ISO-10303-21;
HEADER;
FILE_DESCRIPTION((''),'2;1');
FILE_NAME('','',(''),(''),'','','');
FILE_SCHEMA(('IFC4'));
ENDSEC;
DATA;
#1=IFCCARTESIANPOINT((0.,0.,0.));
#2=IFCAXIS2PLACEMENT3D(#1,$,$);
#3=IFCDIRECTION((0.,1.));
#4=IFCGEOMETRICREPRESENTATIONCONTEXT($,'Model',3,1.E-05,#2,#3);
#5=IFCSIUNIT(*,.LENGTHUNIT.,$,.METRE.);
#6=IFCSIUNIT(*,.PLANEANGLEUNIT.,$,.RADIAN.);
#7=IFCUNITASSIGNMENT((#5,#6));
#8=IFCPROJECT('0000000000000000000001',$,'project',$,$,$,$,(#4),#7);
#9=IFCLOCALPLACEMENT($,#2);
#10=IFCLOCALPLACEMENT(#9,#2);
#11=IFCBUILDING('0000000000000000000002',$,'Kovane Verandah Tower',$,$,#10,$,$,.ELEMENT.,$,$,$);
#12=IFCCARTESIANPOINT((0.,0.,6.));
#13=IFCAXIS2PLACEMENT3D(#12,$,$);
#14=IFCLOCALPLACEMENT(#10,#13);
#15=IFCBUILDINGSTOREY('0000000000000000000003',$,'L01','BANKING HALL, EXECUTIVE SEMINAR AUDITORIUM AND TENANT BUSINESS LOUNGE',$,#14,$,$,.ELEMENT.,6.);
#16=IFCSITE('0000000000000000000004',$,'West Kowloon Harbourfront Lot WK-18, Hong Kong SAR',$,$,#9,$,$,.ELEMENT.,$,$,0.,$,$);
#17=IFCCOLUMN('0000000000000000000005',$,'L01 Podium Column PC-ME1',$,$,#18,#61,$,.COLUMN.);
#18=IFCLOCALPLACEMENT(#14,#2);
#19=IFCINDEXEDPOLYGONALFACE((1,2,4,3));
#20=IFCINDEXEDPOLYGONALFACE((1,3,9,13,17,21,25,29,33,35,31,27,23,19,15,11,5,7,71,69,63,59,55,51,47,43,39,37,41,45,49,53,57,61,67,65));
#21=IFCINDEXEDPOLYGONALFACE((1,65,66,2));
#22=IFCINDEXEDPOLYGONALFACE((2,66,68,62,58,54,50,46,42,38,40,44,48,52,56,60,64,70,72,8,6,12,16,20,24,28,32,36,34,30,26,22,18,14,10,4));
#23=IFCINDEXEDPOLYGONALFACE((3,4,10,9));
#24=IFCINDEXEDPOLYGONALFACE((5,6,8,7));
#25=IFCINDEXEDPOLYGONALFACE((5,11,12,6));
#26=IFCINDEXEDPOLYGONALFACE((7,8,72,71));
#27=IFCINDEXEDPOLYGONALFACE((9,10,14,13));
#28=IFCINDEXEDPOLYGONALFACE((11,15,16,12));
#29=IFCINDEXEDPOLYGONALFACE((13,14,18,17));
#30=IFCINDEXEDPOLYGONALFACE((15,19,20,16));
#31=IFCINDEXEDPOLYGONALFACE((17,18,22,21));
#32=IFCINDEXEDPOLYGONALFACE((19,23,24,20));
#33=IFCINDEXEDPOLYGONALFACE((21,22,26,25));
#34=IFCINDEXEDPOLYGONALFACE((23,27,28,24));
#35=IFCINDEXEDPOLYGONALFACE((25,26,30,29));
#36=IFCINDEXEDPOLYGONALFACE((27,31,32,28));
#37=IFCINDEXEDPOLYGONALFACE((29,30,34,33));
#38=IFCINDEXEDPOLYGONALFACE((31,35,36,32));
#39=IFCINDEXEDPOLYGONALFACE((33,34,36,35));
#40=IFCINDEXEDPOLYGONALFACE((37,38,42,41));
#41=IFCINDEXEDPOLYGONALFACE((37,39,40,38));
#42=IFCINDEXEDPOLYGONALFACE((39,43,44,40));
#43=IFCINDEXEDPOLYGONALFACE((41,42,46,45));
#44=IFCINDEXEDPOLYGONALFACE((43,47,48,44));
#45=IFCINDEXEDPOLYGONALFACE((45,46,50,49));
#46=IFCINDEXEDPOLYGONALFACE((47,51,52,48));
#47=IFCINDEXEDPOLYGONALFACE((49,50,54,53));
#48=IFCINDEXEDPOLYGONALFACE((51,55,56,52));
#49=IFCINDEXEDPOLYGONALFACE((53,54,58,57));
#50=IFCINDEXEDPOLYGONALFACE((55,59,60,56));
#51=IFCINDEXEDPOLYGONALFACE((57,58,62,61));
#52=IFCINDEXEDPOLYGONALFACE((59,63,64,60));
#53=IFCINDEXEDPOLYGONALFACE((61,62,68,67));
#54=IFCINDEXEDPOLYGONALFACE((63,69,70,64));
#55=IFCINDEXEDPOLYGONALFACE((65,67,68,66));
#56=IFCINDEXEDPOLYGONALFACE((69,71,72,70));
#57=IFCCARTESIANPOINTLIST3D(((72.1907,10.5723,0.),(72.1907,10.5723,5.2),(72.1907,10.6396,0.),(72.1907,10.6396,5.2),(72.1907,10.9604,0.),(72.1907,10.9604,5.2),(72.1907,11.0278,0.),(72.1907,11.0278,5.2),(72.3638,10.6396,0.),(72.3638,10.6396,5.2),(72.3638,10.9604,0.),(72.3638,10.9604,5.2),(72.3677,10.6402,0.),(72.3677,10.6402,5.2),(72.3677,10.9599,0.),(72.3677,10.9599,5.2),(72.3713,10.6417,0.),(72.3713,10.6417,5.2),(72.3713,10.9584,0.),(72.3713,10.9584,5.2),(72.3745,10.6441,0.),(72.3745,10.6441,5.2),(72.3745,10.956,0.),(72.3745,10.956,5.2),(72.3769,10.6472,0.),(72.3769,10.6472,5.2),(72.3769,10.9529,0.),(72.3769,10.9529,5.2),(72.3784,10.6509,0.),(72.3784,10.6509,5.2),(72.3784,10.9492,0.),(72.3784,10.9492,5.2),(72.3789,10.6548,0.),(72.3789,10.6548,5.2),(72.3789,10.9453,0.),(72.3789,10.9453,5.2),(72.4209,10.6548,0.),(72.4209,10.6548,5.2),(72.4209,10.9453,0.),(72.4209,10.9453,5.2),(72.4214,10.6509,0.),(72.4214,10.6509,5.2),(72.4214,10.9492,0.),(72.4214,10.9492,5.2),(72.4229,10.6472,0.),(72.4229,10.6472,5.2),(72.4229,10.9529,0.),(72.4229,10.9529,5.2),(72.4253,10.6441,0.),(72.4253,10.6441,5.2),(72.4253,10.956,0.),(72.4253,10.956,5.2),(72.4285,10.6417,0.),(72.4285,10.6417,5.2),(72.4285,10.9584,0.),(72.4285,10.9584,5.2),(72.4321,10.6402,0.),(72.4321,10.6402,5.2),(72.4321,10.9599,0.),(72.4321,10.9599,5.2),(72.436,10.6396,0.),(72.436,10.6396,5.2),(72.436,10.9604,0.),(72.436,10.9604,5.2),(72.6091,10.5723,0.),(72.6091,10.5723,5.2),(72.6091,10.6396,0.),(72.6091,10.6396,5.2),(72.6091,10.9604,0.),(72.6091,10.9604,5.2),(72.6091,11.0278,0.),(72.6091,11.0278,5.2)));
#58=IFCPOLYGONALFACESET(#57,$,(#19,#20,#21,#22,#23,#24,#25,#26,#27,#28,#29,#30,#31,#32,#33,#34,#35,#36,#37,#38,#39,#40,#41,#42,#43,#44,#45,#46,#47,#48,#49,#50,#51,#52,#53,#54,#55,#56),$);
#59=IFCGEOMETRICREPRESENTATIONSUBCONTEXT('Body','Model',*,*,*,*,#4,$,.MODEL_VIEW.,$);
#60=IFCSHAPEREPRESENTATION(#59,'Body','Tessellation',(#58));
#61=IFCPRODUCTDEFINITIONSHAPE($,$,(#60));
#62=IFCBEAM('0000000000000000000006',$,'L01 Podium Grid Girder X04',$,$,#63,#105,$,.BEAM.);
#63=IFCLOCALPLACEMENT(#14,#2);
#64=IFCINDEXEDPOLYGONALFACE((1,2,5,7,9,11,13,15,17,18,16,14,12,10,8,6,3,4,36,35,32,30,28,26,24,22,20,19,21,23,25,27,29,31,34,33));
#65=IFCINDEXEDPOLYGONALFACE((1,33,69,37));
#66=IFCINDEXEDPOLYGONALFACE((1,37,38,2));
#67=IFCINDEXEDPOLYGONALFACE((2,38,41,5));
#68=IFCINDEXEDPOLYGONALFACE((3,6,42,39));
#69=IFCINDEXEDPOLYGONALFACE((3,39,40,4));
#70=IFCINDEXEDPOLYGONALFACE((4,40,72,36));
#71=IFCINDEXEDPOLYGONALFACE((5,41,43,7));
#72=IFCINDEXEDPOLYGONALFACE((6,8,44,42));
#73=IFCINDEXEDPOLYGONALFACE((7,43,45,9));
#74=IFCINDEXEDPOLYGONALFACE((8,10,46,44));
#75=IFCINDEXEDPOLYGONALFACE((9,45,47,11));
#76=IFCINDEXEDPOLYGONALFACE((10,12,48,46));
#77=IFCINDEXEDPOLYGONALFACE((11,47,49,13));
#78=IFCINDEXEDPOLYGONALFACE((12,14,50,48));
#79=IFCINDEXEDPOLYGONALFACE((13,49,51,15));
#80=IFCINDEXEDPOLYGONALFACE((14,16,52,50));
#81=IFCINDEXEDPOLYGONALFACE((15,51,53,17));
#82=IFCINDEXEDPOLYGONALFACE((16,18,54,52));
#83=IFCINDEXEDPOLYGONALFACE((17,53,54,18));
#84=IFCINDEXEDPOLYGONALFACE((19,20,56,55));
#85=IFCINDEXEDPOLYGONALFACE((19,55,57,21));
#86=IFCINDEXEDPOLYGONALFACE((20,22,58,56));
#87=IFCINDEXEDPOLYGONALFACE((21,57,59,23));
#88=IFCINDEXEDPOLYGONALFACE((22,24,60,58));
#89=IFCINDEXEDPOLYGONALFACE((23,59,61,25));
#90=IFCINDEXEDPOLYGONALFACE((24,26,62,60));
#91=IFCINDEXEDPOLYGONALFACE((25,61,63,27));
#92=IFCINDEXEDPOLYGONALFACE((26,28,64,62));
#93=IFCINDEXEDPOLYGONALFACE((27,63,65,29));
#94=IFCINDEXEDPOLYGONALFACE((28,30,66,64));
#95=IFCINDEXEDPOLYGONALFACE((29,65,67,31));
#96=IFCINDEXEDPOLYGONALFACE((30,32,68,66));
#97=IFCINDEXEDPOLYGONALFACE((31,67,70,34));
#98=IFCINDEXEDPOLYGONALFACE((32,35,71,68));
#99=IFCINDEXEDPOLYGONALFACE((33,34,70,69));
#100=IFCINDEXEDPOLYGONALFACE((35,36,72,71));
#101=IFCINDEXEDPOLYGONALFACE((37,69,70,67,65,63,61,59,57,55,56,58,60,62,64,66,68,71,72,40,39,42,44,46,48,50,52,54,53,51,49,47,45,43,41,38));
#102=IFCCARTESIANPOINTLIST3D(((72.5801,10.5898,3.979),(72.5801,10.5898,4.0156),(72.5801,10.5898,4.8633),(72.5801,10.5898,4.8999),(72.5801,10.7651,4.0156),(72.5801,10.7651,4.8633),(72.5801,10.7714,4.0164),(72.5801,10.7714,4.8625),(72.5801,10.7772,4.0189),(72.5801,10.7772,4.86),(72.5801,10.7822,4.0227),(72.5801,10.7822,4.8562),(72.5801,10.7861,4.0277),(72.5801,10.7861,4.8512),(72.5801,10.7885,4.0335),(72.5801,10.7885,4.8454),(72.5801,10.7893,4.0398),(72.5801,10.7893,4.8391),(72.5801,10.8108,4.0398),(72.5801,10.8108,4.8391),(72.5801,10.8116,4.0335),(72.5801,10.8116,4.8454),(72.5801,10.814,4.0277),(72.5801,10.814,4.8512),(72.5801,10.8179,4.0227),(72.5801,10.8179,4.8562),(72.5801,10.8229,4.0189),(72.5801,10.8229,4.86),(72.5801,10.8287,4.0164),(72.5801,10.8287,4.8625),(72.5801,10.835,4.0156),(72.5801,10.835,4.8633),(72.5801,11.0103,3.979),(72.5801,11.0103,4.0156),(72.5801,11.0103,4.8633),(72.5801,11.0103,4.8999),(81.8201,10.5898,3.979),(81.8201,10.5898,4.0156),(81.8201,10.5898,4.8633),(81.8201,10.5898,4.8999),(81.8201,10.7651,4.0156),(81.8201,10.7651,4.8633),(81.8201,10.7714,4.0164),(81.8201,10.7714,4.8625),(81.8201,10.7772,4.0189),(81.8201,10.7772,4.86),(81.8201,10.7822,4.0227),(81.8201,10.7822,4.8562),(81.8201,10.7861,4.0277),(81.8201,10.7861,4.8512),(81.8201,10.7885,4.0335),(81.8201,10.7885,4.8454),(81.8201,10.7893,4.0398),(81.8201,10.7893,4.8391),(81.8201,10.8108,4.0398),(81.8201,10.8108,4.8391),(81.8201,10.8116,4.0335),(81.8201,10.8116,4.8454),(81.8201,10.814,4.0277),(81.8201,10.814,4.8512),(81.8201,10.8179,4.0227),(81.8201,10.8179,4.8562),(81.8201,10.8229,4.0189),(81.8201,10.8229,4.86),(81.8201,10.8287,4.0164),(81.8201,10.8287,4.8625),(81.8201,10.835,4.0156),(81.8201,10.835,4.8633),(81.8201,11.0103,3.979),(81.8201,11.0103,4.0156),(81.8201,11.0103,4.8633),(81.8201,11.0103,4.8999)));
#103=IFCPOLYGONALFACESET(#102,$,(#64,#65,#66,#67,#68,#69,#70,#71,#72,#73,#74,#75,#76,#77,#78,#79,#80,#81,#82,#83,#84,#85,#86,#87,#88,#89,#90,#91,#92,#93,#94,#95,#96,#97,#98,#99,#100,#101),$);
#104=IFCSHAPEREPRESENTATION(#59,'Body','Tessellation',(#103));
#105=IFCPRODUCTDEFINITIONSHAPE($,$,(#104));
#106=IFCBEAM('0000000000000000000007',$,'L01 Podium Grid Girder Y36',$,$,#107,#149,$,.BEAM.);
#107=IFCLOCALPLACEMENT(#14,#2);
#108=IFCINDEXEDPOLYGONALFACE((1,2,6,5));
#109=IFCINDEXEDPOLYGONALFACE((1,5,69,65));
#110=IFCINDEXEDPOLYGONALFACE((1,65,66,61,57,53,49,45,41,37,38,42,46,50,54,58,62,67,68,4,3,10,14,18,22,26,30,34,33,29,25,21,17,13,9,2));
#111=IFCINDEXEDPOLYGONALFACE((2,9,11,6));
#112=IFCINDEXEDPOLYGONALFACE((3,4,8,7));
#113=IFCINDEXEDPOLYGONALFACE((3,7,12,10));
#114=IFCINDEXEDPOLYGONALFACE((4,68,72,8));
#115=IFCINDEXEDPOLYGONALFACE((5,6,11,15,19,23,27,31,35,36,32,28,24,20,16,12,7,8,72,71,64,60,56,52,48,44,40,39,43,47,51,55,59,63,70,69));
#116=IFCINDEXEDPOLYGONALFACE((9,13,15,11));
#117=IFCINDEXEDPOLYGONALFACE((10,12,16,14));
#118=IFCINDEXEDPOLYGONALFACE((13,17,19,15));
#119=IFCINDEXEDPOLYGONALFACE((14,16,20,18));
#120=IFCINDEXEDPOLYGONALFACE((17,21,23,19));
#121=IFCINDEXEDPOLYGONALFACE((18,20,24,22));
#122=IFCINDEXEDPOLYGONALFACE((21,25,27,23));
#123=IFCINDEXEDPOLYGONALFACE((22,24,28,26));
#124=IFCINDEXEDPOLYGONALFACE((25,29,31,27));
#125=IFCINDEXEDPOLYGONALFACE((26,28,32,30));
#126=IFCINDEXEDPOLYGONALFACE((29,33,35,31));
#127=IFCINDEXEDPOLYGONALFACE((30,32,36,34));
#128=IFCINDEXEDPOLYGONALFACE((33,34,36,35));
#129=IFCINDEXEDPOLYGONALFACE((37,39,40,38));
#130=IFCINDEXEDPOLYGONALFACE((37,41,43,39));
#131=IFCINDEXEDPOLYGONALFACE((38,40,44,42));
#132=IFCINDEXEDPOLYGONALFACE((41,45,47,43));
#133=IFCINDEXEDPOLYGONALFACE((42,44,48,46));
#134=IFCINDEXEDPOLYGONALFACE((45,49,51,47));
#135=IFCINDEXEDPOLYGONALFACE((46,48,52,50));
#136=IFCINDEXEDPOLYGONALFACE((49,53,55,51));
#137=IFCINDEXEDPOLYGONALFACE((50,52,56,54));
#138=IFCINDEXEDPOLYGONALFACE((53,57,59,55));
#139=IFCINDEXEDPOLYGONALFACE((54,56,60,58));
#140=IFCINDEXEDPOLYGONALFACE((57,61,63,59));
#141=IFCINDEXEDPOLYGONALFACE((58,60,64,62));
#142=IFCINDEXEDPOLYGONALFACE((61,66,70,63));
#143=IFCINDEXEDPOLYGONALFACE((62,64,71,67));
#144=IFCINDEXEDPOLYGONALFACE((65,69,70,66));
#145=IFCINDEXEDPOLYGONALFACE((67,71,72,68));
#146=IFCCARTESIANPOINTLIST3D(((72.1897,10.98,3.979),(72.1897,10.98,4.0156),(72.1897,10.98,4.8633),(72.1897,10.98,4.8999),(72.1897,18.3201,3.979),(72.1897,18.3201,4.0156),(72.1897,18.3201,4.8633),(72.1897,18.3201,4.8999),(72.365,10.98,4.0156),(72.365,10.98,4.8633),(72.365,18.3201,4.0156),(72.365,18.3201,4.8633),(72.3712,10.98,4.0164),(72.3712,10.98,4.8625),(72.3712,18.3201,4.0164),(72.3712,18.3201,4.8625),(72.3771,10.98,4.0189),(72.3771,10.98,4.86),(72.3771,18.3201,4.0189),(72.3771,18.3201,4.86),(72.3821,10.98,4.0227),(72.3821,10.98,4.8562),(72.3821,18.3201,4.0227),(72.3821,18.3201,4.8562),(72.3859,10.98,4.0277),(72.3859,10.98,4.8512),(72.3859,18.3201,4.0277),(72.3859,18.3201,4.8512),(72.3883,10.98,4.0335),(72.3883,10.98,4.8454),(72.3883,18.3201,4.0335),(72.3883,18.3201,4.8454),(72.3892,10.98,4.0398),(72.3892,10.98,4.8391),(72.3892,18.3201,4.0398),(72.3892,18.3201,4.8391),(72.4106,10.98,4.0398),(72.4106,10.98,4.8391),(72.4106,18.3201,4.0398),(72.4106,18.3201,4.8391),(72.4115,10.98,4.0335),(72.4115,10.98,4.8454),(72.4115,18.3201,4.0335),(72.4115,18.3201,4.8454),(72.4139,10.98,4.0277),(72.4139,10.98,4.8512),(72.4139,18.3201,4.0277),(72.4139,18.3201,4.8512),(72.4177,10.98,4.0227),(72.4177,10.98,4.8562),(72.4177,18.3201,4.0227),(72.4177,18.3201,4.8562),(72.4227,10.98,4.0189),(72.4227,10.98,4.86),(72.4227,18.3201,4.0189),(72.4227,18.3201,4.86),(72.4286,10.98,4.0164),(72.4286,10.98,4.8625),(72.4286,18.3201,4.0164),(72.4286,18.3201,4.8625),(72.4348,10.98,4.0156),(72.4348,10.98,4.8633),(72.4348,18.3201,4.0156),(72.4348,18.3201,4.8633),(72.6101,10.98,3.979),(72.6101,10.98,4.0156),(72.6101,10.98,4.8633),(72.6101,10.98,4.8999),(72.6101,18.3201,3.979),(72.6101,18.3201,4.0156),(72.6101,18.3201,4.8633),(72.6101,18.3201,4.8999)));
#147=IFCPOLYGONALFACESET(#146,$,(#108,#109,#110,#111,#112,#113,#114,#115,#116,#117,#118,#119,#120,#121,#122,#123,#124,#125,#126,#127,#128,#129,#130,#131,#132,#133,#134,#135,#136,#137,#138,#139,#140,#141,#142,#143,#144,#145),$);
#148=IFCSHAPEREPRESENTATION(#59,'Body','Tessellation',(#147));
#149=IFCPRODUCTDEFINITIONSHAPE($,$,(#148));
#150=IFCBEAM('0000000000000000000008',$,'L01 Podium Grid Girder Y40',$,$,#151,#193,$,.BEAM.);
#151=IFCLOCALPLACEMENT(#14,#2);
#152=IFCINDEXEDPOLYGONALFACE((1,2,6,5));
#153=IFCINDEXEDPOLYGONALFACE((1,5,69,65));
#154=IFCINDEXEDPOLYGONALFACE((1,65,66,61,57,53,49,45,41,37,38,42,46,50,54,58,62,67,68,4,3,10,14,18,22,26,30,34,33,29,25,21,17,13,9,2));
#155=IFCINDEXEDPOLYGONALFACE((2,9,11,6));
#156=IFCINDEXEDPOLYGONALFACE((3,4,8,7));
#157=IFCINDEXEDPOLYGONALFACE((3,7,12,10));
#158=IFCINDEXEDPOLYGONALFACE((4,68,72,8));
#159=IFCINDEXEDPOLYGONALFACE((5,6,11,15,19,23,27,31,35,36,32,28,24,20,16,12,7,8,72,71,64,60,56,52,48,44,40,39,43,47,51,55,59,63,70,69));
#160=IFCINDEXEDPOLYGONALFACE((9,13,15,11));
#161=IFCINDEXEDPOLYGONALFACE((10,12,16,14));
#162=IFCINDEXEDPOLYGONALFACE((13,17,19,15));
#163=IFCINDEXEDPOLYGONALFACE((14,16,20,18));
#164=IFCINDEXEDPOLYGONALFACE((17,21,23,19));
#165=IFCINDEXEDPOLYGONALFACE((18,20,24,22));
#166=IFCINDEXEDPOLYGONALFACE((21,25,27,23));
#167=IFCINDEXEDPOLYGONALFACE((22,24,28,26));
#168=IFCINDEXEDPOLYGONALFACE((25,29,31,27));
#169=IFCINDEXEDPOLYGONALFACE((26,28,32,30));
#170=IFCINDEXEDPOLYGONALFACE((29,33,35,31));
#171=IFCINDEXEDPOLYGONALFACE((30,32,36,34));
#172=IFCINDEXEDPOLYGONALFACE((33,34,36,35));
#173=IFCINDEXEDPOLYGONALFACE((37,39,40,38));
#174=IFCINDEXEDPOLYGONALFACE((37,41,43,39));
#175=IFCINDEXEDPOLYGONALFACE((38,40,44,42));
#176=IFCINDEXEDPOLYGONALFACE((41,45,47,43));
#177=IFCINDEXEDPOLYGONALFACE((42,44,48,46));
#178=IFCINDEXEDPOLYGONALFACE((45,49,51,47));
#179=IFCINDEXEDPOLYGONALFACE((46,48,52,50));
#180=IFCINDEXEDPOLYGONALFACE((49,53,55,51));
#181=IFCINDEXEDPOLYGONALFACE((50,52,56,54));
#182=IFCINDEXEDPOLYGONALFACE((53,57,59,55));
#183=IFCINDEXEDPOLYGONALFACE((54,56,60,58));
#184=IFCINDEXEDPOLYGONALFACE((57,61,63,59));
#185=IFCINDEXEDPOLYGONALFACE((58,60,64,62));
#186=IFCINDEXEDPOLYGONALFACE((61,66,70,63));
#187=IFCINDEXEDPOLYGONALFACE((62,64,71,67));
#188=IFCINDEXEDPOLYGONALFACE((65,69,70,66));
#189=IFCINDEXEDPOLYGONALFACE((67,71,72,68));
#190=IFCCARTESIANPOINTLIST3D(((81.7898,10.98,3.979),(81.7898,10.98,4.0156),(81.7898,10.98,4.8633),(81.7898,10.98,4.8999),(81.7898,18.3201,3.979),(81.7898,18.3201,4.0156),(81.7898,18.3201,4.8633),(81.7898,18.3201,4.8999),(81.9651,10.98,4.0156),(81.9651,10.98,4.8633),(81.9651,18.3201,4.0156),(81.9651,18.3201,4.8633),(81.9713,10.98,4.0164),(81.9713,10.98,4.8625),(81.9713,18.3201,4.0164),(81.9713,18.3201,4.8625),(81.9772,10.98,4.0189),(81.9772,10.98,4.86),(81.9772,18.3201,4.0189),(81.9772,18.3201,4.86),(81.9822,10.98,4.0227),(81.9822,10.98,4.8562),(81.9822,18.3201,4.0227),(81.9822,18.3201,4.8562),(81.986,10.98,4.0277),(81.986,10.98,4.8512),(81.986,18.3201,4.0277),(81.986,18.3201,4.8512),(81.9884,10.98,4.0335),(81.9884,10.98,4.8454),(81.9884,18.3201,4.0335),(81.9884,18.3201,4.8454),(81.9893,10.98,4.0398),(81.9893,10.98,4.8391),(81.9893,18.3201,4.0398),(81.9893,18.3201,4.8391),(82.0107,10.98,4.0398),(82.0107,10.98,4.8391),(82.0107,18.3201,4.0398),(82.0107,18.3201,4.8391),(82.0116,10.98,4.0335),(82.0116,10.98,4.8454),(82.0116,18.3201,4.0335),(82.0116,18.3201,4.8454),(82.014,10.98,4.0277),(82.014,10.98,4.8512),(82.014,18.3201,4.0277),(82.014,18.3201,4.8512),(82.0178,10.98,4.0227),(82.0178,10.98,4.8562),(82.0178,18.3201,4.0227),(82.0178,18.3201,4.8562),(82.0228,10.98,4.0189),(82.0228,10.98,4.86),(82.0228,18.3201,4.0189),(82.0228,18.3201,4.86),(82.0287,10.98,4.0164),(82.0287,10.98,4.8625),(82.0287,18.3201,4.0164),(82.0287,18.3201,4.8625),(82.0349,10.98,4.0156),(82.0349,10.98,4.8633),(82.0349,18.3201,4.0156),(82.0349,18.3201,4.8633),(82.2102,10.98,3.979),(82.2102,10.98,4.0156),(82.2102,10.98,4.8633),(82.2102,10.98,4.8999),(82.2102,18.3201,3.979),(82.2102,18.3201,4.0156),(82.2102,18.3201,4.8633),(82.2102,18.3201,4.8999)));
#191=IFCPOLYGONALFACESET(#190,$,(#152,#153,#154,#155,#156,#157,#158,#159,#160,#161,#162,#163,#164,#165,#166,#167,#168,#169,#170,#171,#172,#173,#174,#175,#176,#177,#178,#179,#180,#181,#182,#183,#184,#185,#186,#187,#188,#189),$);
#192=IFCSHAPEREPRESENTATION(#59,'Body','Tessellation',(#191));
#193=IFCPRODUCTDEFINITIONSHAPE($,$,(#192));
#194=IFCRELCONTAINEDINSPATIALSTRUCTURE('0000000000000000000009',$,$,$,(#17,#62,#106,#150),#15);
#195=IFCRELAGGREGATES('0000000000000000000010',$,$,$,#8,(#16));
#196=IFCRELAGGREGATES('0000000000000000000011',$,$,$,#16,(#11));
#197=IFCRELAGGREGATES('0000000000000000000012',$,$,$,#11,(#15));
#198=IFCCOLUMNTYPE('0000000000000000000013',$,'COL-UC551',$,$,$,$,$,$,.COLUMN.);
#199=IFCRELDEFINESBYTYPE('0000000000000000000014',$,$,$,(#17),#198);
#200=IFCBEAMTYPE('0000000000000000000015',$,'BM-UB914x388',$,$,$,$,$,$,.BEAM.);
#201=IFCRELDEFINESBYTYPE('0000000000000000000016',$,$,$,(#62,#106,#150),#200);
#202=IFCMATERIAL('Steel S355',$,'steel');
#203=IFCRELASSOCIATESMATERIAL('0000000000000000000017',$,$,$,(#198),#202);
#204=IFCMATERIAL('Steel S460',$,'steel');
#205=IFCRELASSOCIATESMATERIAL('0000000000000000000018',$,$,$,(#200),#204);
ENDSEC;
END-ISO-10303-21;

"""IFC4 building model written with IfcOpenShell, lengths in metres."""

from ifc_helpers import new_model, si_unit, direction, frame, origin, origin_2d, place, context, subcontext, project, spatial, i_section, extrude, material, material_profile, profile_set, type_object, element, save


model = new_model("IFC4")

# Units and contexts
model_context = context("Model", 3, precision=1e-05, world=origin(), true_north=direction((0.0, 1.0)))
body_context = subcontext(model_context, "Body", "Model", "MODEL_VIEW")
ifc_project = project(units=[si_unit("LENGTHUNIT", "METRE"), si_unit("PLANEANGLEUNIT", "RADIAN")], contexts=[model_context])

# Site, building, storey
site_placement = place(None, origin())
site = spatial("IfcSite", under=ifc_project, at=site_placement, Name="West Kowloon Harbourfront Lot WK-18, Hong Kong SAR", CompositionType="ELEMENT", RefElevation=0.0)
building_placement = place(site_placement, origin())
building = spatial("IfcBuilding", under=site, at=building_placement, Name="Kovane Verandah Tower", CompositionType="ELEMENT")
storey_placement = place(building_placement, frame((0.0, 0.0, 6.0)))
storey = spatial("IfcBuildingStorey", under=building, at=storey_placement, Name="L01", Description="BANKING HALL, EXECUTIVE SEMINAR AUDITORIUM AND TENANT BUSINESS LOUNGE", CompositionType="ELEMENT", Elevation=6.0)

# Column
ifc_material_1 = material(Name="Steel S460", Category="steel")
ifc_material_2 = material(Name="Steel S355", Category="steel")
ifc_material_profile_1 = material_profile(ifc_material_2, i_section(OverallWidth=0.4185, OverallDepth=0.4556, WebThickness=0.042, FlangeThickness=0.0674, FilletRadius=0.0151, at=origin_2d()), Name="UC356x406x551")
ifc_profile_set_1 = profile_set([ifc_material_profile_1], Name="Steel S355")
column_type_1 = type_object("IfcColumnType", Name="COL-UC551", PredefinedType="COLUMN", material=ifc_profile_set_1)
column_1_placement = place(storey_placement, frame((72.3999, 10.8, 0.0), z_axis=(0.0, 0.0, 1.0), x_axis=(1.0, 0.0, 0.0)))
element("IfcColumn", 1, at=column_1_placement, inside=storey, type_object=column_type_1, Name="L01 Podium Column PC-ME1", PredefinedType="COLUMN", context=body_context, shape_type="SweptSolid", body=[
    extrude(i_section(OverallWidth=0.4185, OverallDepth=0.4556, WebThickness=0.042, FlangeThickness=0.0674, FilletRadius=0.0151, at=origin_2d()), origin(), (0.0, 0.0, 1.0), 5.2),
])

# Beams
ifc_material_profile_2 = material_profile(ifc_material_1, i_section(OverallWidth=0.4204, OverallDepth=0.9209, WebThickness=0.0215, FlangeThickness=0.0366, FilletRadius=0.0242, at=origin_2d()), Name="UB914x419x388")
ifc_profile_set_2 = profile_set([ifc_material_profile_2], Name="Steel S460")
beam_type = type_object("IfcBeamType", Name="BM-UB914x388", PredefinedType="BEAM", material=ifc_profile_set_2)
beam_1_placement = place(storey_placement, frame((72.5801, 10.8, 4.4395), z_axis=(1.0, 0.0, 0.0), x_axis=(0.0, 1.0, 0.0)))
element("IfcBeam", 2, at=beam_1_placement, inside=storey, type_object=beam_type, Name="L01 Podium Grid Girder X04", PredefinedType="BEAM", context=body_context, shape_type="SweptSolid", body=[
    extrude(i_section(OverallWidth=0.4204, OverallDepth=0.9209, WebThickness=0.0215, FlangeThickness=0.0366, FilletRadius=0.0242, at=origin_2d()), origin(), (0.0, 0.0, 1.0), 9.24),
])
for number, where, z_axis, x_axis, name in (
    (3, (72.3999, 10.98, 4.4395), (0.0, 1.0, 0.0), (-1.0, 0.0, 0.0), "L01 Podium Grid Girder Y36"),
    (4, (82.0, 10.98, 4.4395), (0.0, 1.0, 0.0), (-1.0, 0.0, 0.0), "L01 Podium Grid Girder Y40"),
):
    element("IfcBeam", number, at=place(storey_placement, frame(where, z_axis=z_axis, x_axis=x_axis)), inside=storey, type_object=beam_type, Name=name, PredefinedType="BEAM", context=body_context, shape_type="SweptSolid", body=[
        extrude(i_section(OverallWidth=0.4204, OverallDepth=0.9209, WebThickness=0.0215, FlangeThickness=0.0366, FilletRadius=0.0242, at=origin_2d()), origin(), (0.0, 0.0, 1.0), 7.3401),
    ])

save(model, "model.ifc")
